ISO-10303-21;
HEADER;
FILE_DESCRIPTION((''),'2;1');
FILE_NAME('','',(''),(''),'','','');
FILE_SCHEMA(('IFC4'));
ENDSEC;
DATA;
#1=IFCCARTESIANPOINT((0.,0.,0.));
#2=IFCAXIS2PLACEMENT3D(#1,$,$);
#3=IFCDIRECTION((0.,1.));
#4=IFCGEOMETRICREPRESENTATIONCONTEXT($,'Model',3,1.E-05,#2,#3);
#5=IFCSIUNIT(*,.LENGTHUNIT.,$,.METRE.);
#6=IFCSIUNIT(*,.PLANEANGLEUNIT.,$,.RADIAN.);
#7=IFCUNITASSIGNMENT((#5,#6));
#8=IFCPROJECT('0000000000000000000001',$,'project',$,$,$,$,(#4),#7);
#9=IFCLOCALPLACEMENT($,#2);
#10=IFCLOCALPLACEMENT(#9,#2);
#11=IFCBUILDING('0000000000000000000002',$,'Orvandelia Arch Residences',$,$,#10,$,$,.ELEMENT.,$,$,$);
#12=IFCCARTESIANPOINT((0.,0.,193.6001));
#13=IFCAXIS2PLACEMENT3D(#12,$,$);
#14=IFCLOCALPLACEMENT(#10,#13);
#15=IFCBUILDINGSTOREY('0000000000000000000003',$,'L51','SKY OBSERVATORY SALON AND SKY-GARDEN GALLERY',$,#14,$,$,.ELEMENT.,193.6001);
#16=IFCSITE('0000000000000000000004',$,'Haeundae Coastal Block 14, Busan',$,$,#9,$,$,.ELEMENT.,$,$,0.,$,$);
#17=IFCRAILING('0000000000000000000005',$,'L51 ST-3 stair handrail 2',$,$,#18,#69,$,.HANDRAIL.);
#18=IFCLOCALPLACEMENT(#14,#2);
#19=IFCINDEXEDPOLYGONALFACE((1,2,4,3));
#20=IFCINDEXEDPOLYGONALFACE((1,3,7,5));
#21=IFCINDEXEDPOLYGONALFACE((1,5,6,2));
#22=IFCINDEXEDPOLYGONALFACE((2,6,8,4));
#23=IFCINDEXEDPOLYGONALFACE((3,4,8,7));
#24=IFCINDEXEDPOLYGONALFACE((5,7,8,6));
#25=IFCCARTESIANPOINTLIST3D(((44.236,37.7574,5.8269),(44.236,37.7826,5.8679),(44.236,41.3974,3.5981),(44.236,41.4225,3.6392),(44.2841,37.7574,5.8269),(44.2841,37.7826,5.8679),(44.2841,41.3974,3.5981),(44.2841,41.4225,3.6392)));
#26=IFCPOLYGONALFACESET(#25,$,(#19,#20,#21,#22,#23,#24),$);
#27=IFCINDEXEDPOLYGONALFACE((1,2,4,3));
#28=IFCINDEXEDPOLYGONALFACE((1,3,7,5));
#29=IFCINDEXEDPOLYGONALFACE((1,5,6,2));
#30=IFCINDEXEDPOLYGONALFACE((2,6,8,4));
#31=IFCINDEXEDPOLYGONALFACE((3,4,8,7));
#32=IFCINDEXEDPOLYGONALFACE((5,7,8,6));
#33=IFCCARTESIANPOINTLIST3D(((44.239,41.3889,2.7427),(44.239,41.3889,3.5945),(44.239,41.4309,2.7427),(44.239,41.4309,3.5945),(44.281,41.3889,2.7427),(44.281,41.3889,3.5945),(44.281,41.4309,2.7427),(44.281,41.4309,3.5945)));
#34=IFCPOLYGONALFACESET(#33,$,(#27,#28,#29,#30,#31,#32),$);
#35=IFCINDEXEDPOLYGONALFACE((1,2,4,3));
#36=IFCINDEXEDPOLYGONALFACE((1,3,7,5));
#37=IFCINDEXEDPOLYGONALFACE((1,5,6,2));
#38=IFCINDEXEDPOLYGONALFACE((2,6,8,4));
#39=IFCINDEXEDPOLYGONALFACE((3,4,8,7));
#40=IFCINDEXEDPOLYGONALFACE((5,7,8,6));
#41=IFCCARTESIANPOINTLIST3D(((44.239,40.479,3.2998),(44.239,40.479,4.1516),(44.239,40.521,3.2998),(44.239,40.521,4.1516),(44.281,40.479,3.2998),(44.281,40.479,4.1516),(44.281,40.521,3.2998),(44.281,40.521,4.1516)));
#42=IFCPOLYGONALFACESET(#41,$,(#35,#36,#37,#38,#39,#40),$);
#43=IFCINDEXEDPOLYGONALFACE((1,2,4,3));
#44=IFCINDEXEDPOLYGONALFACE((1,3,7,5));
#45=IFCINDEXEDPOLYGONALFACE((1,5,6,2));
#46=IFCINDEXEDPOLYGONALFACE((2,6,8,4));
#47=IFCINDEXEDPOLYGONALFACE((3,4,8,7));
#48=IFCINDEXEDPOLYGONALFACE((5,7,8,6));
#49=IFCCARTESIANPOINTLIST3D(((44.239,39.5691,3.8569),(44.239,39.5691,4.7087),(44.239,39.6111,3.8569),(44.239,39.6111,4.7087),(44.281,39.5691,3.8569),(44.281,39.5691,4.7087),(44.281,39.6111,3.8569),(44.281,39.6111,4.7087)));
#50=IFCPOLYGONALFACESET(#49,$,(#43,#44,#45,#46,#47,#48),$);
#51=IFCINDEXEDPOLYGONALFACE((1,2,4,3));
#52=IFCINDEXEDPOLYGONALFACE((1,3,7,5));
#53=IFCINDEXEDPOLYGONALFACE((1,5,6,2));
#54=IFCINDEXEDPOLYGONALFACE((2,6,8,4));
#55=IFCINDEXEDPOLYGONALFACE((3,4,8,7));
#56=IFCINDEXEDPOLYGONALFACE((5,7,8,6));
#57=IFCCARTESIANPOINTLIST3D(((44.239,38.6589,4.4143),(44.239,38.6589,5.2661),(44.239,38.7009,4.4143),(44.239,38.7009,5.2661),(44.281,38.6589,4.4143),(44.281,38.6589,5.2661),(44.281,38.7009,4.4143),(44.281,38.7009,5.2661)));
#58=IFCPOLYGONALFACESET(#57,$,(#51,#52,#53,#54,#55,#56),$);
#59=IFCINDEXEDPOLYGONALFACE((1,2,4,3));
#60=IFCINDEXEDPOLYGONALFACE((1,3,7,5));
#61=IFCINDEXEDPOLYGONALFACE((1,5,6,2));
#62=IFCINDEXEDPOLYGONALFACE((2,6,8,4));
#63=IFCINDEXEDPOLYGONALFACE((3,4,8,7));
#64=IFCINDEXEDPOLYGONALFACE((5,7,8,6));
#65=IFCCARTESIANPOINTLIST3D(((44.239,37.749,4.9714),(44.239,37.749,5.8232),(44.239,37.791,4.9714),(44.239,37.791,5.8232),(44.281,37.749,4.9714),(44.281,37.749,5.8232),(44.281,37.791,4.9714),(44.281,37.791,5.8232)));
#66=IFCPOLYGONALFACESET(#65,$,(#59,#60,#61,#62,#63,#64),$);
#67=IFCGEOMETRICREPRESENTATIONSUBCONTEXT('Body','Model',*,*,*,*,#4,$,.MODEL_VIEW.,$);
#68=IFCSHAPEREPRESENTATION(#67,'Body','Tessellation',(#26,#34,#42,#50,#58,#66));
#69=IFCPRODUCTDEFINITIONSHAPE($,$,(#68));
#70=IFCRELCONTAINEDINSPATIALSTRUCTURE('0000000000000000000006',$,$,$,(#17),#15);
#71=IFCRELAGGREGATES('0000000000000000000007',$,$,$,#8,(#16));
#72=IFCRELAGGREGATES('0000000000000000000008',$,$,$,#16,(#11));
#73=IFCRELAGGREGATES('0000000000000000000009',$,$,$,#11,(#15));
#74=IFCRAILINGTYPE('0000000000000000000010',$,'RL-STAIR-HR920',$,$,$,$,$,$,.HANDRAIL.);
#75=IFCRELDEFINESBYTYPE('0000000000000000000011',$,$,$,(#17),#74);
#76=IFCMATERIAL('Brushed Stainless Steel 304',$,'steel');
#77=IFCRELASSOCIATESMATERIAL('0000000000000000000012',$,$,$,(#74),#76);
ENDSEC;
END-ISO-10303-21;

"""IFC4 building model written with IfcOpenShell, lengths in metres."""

from ifc_helpers import new_model, si_unit, direction, frame, origin, origin_2d, place, context, subcontext, project, spatial, rectangle, extrude, material, type_object, element, save


model = new_model("IFC4")

# Units and contexts
model_context = context("Model", 3, precision=1e-05, world=origin(), true_north=direction((0.0, 1.0)))
body_context = subcontext(model_context, "Body", "Model", "MODEL_VIEW")
ifc_project = project(units=[si_unit("LENGTHUNIT", "METRE"), si_unit("PLANEANGLEUNIT", "RADIAN")], contexts=[model_context])

# Site, building, storey
site_placement = place(None, origin())
site = spatial("IfcSite", under=ifc_project, at=site_placement, Name="Haeundae Coastal Block 14, Busan", CompositionType="ELEMENT", RefElevation=0.0)
building_placement = place(site_placement, origin())
building = spatial("IfcBuilding", under=site, at=building_placement, Name="Orvandelia Arch Residences", CompositionType="ELEMENT")
storey_placement = place(building_placement, frame((0.0, 0.0, 193.6001)))
storey = spatial("IfcBuildingStorey", under=building, at=storey_placement, Name="L51", Description="SKY OBSERVATORY SALON AND SKY-GARDEN GALLERY", CompositionType="ELEMENT", Elevation=193.6001)

# Railing
ifc_material_1 = material(Name="Brushed Stainless Steel 304", Category="steel")
railing_type_1 = type_object("IfcRailingType", Name="RL-STAIR-HR920", PredefinedType="HANDRAIL", material=ifc_material_1)
railing_1_placement = place(storey_placement, frame((44.26, 41.4099, 2.7427)))
element("IfcRailing", 1, at=railing_1_placement, inside=storey, type_object=railing_type_1, Name="L51 ST-3 stair handrail 2", PredefinedType="HANDRAIL", context=body_context, shape_type="SweptSolid", body=[
    extrude(rectangle(XDim=0.0481, YDim=0.0481, at=origin_2d()), frame((0.0, 0.0, 0.876), z_axis=(0.0, -0.852825, 0.522197), x_axis=(1.0, 0.0, 0.0)), (0.0, 0.0, 1.0), 4.2681),
    extrude(rectangle(XDim=0.042, YDim=0.042, at=origin_2d()), origin(), (0.0, 0.0, 1.0), 0.8518),
    extrude(rectangle(XDim=0.042, YDim=0.042, at=origin_2d()), frame((0.0, -0.9099, 0.5571)), (0.0, 0.0, 1.0), 0.8518),
    extrude(rectangle(XDim=0.042, YDim=0.042, at=origin_2d()), frame((0.0, -1.8198, 1.1143)), (0.0, 0.0, 1.0), 0.8518),
    extrude(rectangle(XDim=0.042, YDim=0.042, at=origin_2d()), frame((0.0, -2.73, 1.6716)), (0.0, 0.0, 1.0), 0.8518),
    extrude(rectangle(XDim=0.042, YDim=0.042, at=origin_2d()), frame((0.0, -3.6399, 2.2288)), (0.0, 0.0, 1.0), 0.8518),
])

save(model, "model.ifc")
